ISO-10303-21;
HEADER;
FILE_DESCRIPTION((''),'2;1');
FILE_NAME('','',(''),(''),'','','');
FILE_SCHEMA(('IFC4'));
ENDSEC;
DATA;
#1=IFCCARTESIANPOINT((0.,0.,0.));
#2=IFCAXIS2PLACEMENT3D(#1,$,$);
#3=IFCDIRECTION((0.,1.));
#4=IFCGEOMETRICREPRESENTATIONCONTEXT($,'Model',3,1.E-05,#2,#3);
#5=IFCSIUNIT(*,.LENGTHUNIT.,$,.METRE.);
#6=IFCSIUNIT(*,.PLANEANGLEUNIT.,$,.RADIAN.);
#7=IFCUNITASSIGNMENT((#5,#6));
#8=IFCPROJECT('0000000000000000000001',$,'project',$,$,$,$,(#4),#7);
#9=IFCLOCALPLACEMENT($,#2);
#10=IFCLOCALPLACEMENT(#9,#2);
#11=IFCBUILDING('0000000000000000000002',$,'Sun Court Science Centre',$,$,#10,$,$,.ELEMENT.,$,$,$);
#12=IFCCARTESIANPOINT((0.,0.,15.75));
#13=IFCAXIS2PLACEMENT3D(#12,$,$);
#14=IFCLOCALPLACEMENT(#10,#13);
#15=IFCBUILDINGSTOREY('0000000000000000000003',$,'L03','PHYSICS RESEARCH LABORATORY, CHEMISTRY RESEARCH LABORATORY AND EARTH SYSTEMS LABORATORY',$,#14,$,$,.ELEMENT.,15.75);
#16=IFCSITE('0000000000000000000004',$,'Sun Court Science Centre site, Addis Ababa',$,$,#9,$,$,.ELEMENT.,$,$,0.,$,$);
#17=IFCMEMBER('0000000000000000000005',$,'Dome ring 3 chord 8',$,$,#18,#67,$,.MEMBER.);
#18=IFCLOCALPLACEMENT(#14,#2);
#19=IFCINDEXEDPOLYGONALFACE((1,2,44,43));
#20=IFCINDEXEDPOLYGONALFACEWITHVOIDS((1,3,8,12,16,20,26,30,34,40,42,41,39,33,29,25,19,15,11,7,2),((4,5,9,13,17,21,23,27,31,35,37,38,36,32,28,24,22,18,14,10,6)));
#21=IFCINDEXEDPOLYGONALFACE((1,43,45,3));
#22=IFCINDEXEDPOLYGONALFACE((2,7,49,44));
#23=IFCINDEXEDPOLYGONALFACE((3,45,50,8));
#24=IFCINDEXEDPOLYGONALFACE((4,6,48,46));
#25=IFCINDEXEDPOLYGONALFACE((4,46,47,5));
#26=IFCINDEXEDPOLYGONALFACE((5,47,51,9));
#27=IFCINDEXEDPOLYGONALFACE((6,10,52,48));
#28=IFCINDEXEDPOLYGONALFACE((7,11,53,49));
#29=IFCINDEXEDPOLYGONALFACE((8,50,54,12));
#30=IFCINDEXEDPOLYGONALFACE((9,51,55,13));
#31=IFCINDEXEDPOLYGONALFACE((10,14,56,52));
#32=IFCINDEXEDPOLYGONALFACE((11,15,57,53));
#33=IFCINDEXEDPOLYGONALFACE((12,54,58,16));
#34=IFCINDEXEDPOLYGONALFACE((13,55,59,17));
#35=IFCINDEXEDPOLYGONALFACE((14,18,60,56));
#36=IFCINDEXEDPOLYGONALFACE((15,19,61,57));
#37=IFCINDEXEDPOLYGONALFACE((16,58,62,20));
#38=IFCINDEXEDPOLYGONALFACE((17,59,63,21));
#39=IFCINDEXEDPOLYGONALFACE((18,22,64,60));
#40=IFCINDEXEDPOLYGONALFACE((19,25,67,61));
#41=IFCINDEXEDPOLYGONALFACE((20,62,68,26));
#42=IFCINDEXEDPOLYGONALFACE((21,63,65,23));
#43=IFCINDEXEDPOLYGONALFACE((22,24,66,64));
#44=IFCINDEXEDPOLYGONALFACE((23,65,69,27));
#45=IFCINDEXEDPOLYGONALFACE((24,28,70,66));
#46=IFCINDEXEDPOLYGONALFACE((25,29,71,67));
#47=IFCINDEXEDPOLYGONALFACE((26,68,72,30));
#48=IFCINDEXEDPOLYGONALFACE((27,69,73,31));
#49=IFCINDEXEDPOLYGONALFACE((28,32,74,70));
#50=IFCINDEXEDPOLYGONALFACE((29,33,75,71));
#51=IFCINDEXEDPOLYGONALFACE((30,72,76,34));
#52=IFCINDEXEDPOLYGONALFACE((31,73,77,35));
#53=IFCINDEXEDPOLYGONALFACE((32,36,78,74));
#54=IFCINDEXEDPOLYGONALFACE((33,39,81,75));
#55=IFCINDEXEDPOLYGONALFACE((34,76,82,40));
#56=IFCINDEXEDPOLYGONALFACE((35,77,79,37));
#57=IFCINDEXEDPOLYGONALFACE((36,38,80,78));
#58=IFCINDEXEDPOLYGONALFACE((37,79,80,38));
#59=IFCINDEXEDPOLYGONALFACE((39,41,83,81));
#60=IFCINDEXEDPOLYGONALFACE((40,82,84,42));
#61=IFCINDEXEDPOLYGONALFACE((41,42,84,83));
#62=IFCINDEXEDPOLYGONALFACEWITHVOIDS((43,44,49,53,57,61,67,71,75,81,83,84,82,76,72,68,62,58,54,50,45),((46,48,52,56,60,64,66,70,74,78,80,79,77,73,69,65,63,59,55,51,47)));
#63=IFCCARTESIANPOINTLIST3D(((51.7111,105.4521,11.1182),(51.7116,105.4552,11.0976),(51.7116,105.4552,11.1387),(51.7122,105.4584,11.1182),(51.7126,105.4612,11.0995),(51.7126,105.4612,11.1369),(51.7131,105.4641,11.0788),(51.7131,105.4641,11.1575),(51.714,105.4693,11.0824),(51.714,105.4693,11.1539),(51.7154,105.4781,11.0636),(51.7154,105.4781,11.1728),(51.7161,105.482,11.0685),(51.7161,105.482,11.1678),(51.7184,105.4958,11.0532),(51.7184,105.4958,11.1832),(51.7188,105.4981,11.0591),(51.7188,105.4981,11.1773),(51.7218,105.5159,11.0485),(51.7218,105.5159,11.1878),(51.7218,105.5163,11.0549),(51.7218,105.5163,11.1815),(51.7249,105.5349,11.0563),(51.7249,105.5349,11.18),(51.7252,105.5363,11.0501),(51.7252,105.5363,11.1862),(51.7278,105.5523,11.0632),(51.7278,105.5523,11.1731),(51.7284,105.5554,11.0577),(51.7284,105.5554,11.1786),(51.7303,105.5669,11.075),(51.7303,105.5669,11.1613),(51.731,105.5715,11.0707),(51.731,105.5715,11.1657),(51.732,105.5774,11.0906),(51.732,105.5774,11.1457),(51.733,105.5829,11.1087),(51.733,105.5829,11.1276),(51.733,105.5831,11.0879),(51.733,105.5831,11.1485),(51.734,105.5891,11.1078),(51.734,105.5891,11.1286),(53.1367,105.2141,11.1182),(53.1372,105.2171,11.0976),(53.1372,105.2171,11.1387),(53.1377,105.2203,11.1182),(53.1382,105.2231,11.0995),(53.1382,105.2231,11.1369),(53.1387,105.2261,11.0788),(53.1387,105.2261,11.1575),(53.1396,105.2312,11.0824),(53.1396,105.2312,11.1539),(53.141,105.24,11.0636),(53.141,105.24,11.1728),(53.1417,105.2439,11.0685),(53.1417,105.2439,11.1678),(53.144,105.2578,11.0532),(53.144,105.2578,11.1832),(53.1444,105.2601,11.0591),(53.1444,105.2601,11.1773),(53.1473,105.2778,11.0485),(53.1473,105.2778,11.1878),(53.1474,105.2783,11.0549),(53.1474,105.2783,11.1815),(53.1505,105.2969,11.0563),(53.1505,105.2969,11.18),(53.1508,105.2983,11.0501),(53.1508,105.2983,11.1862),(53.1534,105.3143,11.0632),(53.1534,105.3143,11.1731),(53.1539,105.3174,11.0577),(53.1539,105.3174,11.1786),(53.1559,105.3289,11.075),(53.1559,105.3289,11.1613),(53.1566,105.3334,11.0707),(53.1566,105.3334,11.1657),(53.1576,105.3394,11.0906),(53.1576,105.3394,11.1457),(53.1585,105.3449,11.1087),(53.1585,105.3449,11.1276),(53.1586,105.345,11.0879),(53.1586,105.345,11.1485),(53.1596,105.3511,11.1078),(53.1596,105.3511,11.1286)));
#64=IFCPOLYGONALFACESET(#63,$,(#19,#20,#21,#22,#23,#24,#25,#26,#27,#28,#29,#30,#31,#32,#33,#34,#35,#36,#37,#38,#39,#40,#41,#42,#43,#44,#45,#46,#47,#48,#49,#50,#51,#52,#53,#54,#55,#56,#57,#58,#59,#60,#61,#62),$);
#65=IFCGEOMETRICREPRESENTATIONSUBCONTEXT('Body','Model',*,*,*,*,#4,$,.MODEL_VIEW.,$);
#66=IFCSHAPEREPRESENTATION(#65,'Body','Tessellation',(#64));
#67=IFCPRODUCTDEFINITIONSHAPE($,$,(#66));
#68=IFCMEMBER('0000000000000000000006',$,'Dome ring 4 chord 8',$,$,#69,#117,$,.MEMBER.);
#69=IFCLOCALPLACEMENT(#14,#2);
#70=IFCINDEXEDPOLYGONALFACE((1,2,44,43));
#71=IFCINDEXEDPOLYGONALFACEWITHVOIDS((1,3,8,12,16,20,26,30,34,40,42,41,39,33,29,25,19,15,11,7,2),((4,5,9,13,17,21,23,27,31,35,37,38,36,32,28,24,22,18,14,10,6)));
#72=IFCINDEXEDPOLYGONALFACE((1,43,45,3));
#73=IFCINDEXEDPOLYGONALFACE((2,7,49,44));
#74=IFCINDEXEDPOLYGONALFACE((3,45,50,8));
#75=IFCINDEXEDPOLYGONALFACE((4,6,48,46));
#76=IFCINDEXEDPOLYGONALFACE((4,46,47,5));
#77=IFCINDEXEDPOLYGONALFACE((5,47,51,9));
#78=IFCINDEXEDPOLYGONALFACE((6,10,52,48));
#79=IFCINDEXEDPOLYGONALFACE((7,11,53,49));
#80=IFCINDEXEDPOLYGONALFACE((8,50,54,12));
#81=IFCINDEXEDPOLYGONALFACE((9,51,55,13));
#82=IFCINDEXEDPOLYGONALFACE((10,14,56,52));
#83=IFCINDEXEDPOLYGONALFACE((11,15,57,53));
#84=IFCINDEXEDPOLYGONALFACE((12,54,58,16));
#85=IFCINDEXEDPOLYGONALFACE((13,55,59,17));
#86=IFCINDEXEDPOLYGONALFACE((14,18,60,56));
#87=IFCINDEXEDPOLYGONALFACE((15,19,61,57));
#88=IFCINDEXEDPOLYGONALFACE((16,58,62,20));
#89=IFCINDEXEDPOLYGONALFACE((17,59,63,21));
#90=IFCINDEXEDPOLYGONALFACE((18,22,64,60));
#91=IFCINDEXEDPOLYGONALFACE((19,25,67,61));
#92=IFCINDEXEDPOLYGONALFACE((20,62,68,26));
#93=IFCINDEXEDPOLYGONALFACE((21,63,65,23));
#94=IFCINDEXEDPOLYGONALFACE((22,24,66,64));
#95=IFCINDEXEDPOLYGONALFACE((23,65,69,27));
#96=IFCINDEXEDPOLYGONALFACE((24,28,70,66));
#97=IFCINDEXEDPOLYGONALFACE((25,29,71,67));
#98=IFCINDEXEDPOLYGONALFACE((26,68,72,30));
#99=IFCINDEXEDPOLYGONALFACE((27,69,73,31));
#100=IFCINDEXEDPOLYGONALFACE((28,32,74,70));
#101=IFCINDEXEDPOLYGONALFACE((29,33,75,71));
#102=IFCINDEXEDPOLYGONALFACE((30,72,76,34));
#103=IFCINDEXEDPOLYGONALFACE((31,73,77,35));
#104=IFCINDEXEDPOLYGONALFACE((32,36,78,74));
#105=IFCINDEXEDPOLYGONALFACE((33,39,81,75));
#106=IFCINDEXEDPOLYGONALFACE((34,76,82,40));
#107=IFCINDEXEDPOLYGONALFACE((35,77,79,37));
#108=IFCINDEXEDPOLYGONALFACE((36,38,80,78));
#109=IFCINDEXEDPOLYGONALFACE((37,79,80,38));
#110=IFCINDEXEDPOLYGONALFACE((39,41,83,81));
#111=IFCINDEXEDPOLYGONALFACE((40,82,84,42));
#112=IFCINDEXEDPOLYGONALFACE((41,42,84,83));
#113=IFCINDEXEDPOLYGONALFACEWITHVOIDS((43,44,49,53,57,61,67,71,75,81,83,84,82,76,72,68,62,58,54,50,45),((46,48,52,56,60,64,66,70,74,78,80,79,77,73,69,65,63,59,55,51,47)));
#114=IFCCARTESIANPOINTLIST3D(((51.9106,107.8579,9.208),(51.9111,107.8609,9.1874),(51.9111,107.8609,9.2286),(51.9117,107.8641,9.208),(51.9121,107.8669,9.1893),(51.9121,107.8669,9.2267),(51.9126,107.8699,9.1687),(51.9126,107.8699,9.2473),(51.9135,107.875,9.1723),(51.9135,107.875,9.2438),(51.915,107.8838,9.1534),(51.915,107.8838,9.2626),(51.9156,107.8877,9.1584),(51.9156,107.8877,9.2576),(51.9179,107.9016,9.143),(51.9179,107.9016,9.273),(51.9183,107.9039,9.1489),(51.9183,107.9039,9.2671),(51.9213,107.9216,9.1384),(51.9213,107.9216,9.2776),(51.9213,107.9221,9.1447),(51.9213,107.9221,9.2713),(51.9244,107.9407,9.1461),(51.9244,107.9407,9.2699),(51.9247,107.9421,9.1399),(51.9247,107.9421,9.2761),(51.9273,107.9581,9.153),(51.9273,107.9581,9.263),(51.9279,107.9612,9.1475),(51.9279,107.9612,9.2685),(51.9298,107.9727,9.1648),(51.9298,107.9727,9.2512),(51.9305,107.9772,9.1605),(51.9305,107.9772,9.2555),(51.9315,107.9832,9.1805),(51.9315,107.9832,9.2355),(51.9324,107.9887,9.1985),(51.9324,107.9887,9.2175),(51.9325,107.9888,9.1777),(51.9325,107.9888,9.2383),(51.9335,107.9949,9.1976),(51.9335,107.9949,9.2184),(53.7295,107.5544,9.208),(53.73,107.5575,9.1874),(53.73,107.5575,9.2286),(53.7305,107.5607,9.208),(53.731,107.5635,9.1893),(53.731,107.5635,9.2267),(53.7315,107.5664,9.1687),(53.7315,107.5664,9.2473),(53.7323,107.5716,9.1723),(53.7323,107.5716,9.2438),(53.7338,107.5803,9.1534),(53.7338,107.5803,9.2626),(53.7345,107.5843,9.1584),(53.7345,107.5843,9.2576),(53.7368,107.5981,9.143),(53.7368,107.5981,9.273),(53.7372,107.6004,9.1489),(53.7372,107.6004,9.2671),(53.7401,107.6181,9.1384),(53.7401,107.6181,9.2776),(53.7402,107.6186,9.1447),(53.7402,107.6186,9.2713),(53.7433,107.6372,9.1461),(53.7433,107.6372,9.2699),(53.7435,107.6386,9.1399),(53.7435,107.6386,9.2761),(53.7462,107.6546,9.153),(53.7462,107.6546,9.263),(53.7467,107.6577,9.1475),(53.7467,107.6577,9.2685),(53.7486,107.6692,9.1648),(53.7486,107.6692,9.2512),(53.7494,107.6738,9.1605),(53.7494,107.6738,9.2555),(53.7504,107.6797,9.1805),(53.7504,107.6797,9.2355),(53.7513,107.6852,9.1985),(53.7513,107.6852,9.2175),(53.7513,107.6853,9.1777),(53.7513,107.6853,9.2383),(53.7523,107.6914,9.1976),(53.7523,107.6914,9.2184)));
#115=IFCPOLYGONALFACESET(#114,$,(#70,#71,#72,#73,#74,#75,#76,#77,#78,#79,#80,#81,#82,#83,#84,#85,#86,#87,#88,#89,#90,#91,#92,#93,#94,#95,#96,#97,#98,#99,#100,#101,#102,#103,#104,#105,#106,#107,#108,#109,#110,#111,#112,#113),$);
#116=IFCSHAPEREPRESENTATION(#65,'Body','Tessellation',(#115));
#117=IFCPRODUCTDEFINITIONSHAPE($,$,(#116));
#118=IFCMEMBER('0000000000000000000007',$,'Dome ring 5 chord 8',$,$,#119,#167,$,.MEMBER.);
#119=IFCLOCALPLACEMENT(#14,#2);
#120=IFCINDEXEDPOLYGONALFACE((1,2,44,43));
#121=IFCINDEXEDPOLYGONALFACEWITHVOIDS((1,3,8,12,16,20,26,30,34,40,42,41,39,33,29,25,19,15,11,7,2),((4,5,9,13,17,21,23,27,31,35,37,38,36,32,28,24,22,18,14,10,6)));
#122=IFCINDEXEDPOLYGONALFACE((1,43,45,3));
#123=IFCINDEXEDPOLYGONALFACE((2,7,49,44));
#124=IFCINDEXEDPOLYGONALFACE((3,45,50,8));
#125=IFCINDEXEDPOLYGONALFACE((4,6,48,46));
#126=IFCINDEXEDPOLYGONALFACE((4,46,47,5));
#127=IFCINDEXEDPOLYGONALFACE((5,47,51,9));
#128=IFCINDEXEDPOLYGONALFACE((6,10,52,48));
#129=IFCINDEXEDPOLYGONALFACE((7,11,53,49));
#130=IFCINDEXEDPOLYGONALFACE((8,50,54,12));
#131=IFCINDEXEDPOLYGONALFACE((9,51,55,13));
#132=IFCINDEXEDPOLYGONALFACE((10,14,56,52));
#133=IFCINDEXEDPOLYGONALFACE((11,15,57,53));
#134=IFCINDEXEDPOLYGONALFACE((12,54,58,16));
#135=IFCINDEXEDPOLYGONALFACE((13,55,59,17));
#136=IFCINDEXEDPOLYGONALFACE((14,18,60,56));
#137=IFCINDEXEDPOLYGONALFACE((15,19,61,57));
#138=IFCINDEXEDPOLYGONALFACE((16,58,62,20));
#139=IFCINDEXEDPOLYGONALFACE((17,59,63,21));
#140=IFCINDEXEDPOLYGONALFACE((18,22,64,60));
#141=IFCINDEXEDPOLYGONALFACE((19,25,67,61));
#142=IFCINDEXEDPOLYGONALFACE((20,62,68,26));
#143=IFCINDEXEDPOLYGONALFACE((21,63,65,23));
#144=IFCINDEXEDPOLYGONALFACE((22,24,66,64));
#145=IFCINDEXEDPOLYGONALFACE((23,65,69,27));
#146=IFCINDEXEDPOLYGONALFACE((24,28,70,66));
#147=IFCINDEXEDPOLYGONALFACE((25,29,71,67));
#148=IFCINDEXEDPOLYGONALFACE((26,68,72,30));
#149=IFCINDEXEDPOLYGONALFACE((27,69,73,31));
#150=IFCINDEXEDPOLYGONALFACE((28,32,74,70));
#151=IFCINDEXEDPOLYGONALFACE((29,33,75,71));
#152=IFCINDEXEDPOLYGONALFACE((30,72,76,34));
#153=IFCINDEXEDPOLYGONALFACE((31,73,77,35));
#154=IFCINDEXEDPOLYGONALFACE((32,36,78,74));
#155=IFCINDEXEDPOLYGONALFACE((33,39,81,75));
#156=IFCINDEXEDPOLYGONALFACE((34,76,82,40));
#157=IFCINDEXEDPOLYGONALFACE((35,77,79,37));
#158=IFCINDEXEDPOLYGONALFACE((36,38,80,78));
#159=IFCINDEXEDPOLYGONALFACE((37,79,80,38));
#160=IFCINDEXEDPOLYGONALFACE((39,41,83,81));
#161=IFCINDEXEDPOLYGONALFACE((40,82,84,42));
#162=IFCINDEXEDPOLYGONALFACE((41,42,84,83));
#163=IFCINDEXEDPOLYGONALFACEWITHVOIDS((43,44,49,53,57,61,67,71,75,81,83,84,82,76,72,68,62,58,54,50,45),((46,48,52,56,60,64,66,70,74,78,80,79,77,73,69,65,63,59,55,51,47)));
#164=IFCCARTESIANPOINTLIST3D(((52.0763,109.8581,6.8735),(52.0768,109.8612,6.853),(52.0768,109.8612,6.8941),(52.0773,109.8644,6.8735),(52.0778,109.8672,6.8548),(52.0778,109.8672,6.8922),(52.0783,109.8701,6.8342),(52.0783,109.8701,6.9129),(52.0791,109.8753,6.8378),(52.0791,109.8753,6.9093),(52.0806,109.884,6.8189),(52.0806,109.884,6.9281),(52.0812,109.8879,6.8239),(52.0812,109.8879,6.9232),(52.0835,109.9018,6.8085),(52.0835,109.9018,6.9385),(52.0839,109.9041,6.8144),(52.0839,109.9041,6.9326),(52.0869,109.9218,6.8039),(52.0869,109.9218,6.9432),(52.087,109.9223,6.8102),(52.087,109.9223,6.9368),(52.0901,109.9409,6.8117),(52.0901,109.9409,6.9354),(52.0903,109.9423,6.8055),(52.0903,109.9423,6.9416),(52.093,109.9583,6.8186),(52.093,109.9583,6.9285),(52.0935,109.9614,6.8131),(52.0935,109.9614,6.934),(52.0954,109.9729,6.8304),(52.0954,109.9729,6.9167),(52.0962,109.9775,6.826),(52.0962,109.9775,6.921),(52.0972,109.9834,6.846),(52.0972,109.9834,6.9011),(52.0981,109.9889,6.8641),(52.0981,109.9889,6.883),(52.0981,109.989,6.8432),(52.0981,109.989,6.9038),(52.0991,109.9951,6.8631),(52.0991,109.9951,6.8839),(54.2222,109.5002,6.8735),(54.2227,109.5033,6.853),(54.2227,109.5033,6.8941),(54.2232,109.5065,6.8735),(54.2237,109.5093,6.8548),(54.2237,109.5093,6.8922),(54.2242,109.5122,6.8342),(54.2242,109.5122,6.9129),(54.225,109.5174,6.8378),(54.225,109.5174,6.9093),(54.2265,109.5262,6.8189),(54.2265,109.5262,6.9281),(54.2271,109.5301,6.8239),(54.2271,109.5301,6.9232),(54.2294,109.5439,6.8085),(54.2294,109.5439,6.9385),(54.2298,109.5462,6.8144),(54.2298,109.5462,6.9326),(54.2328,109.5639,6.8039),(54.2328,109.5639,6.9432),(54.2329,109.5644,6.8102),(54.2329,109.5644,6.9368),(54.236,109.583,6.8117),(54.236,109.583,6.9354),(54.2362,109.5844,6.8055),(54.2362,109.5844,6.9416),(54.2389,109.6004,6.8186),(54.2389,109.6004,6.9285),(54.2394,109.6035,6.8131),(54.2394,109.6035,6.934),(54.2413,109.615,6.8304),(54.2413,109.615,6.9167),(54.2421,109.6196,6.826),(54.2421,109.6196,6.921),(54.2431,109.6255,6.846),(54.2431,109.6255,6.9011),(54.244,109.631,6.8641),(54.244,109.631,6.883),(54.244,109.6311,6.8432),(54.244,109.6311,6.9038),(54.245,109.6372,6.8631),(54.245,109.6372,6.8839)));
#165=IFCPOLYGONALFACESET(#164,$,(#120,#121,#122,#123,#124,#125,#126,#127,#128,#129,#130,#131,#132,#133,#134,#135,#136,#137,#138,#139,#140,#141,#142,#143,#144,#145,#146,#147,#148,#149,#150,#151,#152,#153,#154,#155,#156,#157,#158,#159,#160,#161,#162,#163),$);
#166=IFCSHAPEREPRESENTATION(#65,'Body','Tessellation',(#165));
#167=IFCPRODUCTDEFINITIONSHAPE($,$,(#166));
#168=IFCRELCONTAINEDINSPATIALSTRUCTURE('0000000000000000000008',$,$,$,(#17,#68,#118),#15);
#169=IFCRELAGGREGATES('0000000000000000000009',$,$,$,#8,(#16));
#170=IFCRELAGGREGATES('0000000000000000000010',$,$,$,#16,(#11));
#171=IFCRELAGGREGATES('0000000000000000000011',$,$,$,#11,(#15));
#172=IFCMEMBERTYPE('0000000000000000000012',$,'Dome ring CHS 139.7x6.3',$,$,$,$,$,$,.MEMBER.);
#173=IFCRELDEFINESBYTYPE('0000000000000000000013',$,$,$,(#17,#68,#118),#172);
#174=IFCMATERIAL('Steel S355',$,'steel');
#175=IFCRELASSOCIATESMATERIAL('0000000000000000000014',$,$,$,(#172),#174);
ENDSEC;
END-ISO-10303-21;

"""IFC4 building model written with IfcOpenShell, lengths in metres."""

from ifc_helpers import new_model, si_unit, direction, frame, origin, origin_2d, place, context, subcontext, project, spatial, hollow_circle, extrude, material, material_profile, profile_set, type_object, element, save


model = new_model("IFC4")

# Units and contexts
model_context = context("Model", 3, precision=1e-05, world=origin(), true_north=direction((0.0, 1.0)))
body_context = subcontext(model_context, "Body", "Model", "MODEL_VIEW")
ifc_project = project(units=[si_unit("LENGTHUNIT", "METRE"), si_unit("PLANEANGLEUNIT", "RADIAN")], contexts=[model_context])

# Site, building, storey
site_placement = place(None, origin())
site = spatial("IfcSite", under=ifc_project, at=site_placement, Name="Sun Court Science Centre site, Addis Ababa", CompositionType="ELEMENT", RefElevation=0.0)
building_placement = place(site_placement, origin())
building = spatial("IfcBuilding", under=site, at=building_placement, Name="Sun Court Science Centre", CompositionType="ELEMENT")
storey_placement = place(building_placement, frame((0.0, 0.0, 15.75)))
storey = spatial("IfcBuildingStorey", under=building, at=storey_placement, Name="L03", Description="PHYSICS RESEARCH LABORATORY, CHEMISTRY RESEARCH LABORATORY AND EARTH SYSTEMS LABORATORY", CompositionType="ELEMENT", Elevation=15.75)

# Members
ifc_material_1 = material(Name="Steel S355", Category="steel")
ifc_material_profile_1 = material_profile(ifc_material_1, hollow_circle(Radius=0.0698, WallThickness=0.0063, at=origin_2d()), Name="CHS 139.7x6.3")
ifc_profile_set_1 = profile_set([ifc_material_profile_1], Name="Steel S355")
member_type_1 = type_object("IfcMemberType", Name="Dome ring CHS 139.7x6.3", PredefinedType="MEMBER", material=ifc_profile_set_1)
member_1_placement = place(storey_placement, frame((53.1482, 105.283, 11.1182), z_axis=(-0.986344, 0.1647, 0.0), x_axis=(-0.1647, -0.986344, 0.0)))
element("IfcMember", 1, at=member_1_placement, inside=storey, type_object=member_type_1, Name="Dome ring 3 chord 8", PredefinedType="MEMBER", context=body_context, shape_type="SweptSolid", body=[
    extrude(hollow_circle(Radius=0.0698, WallThickness=0.0063, at=origin_2d()), origin(), (0.0, 0.0, 1.0), 1.4453),
])
member_2_placement = place(storey_placement, frame((53.741, 107.6233, 9.208), z_axis=(-0.986365, 0.164571, 0.0), x_axis=(-0.164571, -0.986365, 0.0)))
element("IfcMember", 2, at=member_2_placement, inside=storey, type_object=member_type_1, Name="Dome ring 4 chord 8", PredefinedType="MEMBER", context=body_context, shape_type="SweptSolid", body=[
    extrude(hollow_circle(Radius=0.0698, WallThickness=0.0063, at=origin_2d()), origin(), (0.0, 0.0, 1.0), 1.844),
])
member_3_placement = place(storey_placement, frame((54.2336, 109.5691, 6.8735), z_axis=(-0.986376, 0.164508, 0.0), x_axis=(-0.164508, -0.986376, 0.0)))
element("IfcMember", 3, at=member_3_placement, inside=storey, type_object=member_type_1, Name="Dome ring 5 chord 8", PredefinedType="MEMBER", context=body_context, shape_type="SweptSolid", body=[
    extrude(hollow_circle(Radius=0.0698, WallThickness=0.0063, at=origin_2d()), origin(), (0.0, 0.0, 1.0), 2.1755),
])

save(model, "model.ifc")
